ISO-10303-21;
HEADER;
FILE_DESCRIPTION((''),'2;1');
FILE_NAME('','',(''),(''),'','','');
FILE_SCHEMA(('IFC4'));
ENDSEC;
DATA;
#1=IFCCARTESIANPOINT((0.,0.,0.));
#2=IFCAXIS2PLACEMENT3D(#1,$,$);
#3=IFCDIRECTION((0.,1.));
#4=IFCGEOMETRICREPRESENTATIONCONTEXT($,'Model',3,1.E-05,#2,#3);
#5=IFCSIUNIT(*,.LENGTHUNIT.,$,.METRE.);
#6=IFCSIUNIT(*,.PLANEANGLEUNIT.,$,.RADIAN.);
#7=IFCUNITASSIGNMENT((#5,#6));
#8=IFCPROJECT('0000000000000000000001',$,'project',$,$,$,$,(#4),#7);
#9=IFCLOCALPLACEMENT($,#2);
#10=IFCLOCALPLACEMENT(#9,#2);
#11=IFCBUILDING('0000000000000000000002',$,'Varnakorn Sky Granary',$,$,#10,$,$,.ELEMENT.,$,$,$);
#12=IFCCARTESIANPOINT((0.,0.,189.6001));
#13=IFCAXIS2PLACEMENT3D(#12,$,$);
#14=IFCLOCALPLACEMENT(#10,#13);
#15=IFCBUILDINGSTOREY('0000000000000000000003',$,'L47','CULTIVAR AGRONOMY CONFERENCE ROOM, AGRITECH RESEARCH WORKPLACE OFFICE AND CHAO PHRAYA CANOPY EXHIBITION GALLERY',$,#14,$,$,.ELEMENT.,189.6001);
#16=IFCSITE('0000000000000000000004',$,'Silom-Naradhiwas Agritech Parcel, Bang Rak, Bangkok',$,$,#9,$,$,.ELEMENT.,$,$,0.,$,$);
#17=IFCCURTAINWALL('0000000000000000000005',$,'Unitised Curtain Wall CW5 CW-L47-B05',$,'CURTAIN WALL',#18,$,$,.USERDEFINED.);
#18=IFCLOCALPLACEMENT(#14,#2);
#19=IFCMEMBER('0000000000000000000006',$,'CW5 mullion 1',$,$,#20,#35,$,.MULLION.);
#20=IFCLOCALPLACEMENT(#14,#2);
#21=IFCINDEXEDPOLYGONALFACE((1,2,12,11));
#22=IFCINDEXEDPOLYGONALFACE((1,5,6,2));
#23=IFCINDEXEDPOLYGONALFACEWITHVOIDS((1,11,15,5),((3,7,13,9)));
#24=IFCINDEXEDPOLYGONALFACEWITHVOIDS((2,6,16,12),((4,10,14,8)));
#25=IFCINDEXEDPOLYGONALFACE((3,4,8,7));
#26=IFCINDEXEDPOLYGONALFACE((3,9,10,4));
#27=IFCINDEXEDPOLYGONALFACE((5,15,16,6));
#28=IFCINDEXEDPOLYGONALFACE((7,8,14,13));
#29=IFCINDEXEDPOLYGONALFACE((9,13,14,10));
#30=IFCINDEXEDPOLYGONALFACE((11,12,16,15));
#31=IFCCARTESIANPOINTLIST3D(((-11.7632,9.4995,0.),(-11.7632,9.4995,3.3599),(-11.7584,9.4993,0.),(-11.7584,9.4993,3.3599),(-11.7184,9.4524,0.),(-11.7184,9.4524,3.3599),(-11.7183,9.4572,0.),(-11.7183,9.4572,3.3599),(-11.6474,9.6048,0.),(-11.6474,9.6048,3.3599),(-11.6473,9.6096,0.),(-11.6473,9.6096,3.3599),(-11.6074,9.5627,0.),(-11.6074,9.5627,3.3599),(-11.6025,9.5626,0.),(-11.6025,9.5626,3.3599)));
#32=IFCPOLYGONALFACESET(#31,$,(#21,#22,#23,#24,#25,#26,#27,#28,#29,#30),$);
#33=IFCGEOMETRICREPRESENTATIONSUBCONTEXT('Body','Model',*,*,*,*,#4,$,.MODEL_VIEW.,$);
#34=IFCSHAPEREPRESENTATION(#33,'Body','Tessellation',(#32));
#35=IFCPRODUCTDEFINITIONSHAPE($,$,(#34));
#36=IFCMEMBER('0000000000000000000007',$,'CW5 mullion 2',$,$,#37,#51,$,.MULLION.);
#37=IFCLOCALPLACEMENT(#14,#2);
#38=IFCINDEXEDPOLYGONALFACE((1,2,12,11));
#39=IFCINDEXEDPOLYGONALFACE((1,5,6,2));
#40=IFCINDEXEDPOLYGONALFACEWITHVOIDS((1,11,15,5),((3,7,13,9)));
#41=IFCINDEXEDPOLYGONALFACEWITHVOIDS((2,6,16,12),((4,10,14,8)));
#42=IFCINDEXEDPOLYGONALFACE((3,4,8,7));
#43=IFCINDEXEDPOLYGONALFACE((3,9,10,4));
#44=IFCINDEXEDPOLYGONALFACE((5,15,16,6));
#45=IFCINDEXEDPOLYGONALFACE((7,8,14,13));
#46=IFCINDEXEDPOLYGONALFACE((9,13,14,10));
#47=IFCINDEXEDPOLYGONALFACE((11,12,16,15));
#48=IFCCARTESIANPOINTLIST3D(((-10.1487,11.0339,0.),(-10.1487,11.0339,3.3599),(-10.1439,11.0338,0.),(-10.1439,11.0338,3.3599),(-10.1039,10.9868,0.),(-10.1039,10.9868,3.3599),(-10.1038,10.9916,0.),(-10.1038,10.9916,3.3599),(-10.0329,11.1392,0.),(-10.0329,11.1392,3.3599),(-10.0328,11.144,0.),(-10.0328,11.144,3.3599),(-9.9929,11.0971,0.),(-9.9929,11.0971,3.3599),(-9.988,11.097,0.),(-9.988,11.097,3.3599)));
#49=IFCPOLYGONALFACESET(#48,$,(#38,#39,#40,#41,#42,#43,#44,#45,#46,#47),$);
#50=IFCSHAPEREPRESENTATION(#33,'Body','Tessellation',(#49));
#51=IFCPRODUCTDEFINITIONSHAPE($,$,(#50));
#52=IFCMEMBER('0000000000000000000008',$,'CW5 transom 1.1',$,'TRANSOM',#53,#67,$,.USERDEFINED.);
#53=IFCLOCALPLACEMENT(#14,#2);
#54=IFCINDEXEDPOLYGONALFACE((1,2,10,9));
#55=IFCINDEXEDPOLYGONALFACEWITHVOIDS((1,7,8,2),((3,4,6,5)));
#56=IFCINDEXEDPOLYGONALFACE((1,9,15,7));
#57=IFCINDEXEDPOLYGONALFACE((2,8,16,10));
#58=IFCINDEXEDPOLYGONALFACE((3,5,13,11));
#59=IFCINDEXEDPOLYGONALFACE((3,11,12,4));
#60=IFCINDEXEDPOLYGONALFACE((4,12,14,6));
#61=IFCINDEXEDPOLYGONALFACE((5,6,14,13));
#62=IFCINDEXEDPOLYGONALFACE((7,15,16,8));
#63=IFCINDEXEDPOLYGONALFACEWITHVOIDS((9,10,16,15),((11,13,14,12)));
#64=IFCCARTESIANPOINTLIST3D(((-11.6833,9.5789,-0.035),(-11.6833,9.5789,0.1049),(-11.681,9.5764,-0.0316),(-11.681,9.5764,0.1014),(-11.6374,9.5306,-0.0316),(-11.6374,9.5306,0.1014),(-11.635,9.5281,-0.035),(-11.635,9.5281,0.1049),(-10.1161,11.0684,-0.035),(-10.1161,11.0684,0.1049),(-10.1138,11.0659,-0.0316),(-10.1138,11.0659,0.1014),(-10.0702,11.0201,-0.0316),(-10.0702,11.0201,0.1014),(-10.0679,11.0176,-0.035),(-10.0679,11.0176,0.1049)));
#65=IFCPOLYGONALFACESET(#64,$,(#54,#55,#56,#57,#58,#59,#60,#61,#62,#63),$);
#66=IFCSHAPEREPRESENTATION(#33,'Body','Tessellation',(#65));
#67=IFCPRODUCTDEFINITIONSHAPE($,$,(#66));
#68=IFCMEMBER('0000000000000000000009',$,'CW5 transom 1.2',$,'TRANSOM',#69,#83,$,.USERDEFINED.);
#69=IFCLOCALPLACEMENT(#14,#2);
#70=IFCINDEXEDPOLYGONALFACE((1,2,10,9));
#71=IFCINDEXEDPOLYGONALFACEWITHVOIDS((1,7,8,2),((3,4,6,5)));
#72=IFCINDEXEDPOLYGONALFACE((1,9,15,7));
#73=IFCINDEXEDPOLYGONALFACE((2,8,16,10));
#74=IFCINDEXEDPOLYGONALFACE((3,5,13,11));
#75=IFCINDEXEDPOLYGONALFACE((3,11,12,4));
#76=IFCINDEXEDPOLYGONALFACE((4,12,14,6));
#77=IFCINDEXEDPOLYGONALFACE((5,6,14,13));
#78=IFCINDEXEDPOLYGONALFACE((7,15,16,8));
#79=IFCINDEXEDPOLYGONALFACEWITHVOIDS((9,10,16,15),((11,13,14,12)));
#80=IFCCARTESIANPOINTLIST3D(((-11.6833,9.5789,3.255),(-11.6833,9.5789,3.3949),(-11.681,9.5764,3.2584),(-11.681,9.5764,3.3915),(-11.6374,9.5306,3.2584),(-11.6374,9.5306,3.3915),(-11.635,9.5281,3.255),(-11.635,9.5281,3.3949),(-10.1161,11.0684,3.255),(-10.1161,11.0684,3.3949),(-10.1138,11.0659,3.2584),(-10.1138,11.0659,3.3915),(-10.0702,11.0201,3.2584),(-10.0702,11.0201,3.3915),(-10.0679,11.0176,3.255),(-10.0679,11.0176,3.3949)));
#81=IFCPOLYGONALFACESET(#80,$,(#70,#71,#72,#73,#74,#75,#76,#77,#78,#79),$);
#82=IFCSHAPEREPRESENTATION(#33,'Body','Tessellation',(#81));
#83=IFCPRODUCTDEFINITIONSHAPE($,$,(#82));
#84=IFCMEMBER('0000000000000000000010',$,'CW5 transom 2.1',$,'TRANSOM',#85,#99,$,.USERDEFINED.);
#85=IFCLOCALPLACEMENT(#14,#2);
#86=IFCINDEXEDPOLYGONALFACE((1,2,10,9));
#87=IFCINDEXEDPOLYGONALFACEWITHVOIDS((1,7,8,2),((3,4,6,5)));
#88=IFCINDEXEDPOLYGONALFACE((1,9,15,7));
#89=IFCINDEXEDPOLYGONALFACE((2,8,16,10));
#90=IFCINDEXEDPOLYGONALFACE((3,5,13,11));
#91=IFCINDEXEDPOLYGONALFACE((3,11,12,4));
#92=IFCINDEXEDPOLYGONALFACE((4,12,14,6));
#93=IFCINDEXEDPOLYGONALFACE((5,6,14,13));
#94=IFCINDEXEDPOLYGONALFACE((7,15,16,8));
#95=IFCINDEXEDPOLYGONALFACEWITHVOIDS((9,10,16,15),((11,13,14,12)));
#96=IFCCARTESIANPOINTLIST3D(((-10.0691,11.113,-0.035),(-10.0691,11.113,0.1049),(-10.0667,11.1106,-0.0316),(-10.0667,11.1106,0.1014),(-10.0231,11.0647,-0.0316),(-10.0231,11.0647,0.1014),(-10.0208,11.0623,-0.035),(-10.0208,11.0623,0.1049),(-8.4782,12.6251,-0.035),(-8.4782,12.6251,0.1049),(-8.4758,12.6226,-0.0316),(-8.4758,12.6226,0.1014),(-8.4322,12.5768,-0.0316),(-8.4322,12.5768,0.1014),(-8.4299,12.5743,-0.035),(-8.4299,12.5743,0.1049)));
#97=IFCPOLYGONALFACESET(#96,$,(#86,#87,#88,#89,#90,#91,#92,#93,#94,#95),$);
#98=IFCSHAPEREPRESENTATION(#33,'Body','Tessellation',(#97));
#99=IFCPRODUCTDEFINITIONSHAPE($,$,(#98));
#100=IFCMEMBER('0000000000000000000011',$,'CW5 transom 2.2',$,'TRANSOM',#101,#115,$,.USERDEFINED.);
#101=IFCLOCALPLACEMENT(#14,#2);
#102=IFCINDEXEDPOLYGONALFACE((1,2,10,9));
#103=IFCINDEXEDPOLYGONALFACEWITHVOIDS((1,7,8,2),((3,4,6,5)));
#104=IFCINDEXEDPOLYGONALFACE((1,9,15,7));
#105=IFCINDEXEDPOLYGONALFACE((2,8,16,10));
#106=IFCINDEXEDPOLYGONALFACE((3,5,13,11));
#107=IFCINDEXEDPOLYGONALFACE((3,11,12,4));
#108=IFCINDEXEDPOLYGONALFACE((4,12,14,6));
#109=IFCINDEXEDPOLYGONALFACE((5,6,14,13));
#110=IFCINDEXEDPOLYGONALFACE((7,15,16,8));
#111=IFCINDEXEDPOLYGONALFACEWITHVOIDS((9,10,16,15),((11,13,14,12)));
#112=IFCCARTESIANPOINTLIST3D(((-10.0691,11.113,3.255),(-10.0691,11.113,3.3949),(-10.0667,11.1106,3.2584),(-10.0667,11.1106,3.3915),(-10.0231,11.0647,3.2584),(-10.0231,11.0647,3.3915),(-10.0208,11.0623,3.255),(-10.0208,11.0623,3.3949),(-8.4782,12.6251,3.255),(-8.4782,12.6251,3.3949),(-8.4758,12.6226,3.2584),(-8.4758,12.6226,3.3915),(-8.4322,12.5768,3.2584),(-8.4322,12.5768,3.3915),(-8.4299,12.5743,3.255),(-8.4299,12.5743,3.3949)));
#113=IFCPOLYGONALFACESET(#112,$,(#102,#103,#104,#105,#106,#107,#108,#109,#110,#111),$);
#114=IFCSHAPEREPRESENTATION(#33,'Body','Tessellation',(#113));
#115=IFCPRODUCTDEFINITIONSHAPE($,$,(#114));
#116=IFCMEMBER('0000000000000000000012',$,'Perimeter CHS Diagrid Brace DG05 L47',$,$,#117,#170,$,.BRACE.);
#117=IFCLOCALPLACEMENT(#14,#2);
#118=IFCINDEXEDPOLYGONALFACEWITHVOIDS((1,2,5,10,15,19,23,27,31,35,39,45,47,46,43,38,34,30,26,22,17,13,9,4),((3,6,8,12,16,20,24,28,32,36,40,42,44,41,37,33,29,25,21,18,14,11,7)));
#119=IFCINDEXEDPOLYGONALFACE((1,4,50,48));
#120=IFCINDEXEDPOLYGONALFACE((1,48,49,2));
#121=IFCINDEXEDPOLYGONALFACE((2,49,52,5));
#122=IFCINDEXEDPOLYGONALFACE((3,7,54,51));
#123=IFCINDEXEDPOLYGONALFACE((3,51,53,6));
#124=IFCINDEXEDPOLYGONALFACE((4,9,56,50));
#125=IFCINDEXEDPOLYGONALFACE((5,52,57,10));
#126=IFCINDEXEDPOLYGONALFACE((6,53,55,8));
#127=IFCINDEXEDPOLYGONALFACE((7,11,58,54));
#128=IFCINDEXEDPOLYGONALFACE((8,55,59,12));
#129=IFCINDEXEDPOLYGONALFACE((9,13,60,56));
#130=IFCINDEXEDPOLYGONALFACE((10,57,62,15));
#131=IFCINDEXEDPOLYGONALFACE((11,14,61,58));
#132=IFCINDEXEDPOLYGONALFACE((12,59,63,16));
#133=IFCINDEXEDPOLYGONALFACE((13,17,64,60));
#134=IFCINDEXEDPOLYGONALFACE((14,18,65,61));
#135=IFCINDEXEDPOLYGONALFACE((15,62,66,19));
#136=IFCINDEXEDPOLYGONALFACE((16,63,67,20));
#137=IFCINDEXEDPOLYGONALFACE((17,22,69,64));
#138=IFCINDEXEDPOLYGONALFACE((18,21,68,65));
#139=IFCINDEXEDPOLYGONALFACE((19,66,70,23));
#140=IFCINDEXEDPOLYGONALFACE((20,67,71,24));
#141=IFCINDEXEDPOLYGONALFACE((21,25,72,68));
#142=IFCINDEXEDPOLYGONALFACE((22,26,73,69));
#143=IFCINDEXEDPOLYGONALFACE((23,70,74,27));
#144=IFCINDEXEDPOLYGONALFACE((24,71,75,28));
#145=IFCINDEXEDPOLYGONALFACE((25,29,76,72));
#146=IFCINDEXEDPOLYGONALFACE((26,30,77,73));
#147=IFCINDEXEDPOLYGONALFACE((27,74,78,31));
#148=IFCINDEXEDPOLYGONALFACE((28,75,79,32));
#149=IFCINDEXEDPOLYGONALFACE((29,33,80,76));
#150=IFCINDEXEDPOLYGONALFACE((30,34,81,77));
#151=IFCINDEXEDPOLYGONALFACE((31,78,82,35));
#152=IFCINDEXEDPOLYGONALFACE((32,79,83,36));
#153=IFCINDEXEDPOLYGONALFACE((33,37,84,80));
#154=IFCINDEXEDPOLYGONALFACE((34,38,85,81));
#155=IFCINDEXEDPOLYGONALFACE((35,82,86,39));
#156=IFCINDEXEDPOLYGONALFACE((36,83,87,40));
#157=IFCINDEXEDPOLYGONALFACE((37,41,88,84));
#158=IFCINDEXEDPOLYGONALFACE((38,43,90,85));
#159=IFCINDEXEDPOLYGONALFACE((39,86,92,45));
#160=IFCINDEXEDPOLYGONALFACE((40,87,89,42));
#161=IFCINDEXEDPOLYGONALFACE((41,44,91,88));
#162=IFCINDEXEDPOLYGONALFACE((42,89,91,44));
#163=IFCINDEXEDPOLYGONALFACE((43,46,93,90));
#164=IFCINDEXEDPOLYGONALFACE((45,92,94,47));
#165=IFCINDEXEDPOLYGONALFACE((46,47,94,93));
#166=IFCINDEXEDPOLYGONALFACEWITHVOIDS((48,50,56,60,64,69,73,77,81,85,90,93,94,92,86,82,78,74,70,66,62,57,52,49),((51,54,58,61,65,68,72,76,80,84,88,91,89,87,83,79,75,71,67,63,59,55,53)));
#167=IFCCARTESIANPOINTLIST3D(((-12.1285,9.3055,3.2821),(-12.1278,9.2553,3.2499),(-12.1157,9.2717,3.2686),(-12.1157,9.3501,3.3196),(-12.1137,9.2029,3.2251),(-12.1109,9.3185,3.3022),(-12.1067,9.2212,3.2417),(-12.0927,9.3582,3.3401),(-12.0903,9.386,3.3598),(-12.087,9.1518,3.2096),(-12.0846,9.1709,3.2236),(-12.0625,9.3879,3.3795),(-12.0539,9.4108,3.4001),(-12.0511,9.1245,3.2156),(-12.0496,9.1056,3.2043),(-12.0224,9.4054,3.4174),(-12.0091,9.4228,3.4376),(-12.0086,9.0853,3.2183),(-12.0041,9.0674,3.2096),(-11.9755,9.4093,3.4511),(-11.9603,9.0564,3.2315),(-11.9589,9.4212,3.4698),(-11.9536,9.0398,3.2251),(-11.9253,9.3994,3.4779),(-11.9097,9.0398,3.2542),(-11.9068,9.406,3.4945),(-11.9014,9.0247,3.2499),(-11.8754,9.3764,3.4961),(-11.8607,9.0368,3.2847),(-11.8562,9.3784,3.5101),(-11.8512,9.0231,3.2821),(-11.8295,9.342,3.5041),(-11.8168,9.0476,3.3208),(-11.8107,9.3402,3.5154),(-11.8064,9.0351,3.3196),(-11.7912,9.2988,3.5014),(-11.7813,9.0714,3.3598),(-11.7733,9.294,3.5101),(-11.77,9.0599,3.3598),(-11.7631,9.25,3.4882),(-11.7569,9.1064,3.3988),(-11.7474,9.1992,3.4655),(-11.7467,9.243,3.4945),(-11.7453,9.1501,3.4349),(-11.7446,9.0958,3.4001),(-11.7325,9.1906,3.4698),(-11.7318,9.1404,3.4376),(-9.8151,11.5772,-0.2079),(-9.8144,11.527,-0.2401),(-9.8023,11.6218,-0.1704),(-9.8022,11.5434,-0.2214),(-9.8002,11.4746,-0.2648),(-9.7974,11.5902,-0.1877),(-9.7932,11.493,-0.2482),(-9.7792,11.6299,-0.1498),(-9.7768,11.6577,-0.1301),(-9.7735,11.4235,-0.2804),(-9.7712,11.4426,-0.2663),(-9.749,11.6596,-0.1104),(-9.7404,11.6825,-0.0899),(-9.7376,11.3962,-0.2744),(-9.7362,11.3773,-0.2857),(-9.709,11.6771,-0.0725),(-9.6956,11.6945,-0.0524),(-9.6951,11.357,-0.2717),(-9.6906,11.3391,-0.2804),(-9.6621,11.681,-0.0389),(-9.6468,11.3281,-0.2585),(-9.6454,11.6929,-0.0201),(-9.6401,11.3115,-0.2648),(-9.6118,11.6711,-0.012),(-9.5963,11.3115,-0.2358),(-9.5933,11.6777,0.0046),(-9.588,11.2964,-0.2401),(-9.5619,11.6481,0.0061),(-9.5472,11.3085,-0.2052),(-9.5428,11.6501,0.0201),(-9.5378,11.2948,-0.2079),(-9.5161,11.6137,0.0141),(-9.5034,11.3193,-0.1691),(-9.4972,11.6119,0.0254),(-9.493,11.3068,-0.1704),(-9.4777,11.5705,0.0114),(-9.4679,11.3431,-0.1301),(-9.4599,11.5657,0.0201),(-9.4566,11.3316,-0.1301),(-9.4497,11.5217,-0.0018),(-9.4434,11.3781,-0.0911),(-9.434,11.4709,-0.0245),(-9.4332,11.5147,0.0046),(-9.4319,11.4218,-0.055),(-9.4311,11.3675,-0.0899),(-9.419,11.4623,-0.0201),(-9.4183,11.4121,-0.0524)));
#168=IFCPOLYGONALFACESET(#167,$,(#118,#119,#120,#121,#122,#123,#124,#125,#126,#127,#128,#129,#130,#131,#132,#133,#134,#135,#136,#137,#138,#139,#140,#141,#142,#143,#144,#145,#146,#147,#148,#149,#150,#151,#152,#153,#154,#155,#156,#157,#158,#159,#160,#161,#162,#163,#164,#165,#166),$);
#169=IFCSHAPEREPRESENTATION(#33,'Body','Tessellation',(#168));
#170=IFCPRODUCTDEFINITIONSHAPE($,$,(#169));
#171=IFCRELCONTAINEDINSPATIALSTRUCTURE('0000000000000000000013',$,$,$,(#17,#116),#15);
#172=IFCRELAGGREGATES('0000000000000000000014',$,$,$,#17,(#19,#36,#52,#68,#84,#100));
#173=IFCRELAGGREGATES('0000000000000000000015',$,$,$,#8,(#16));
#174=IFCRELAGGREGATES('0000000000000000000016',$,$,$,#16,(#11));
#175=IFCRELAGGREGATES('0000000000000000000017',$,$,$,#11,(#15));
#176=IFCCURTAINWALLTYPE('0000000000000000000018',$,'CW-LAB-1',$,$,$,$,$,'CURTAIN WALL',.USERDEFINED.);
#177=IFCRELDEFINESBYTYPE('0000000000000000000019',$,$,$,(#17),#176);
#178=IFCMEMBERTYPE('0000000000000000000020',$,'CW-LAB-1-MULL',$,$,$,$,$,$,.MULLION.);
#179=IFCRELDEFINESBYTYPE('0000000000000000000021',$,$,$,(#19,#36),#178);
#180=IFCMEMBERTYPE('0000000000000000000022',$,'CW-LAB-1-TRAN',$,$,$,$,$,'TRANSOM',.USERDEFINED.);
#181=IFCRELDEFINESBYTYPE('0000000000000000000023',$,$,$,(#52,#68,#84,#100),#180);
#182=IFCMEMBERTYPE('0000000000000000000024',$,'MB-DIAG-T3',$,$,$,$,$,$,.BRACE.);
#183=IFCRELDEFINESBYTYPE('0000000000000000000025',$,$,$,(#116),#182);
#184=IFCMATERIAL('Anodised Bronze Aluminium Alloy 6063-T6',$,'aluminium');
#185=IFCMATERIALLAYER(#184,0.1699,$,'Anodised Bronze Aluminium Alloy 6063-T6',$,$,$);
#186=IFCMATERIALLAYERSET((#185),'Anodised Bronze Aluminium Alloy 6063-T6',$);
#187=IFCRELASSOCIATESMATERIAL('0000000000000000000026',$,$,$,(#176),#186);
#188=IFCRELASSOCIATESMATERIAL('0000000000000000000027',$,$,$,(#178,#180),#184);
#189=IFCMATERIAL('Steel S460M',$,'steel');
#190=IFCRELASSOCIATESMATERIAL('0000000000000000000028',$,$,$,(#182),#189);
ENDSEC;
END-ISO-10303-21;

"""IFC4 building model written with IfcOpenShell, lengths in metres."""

from ifc_helpers import new_model, si_unit, direction, frame, origin, origin_2d, place, context, subcontext, project, spatial, hollow_rectangle, hollow_circle, extrude, material, layer, layer_set, material_profile, profile_set, type_object, element, aggregate, save


model = new_model("IFC4")

# Units and contexts
model_context = context("Model", 3, precision=1e-05, world=origin(), true_north=direction((0.0, 1.0)))
body_context = subcontext(model_context, "Body", "Model", "MODEL_VIEW")
ifc_project = project(units=[si_unit("LENGTHUNIT", "METRE"), si_unit("PLANEANGLEUNIT", "RADIAN")], contexts=[model_context])

# Site, building, storey
site_placement = place(None, origin())
site = spatial("IfcSite", under=ifc_project, at=site_placement, Name="Silom-Naradhiwas Agritech Parcel, Bang Rak, Bangkok", CompositionType="ELEMENT", RefElevation=0.0)
building_placement = place(site_placement, origin())
building = spatial("IfcBuilding", under=site, at=building_placement, Name="Varnakorn Sky Granary", CompositionType="ELEMENT")
storey_placement = place(building_placement, frame((0.0, 0.0, 189.6001)))
storey = spatial("IfcBuildingStorey", under=building, at=storey_placement, Name="L47", Description="CULTIVAR AGRONOMY CONFERENCE ROOM, AGRITECH RESEARCH WORKPLACE OFFICE AND CHAO PHRAYA CANOPY EXHIBITION GALLERY", CompositionType="ELEMENT", Elevation=189.6001)

# Shared definitions
ifc_material_1 = material(Name="Steel S460M", Category="steel")

# Curtain wall, members
ifc_material_2 = material(Name="Anodised Bronze Aluminium Alloy 6063-T6", Category="aluminium")
ifc_layer_1 = layer(ifc_material_2, 0.1699, Name="Anodised Bronze Aluminium Alloy 6063-T6")
ifc_layer_set_1 = layer_set([ifc_layer_1], Name="Anodised Bronze Aluminium Alloy 6063-T6")
curtain_wall_type = type_object("IfcCurtainWallType", Name="CW-LAB-1", ElementType="CURTAIN WALL", PredefinedType="USERDEFINED", material=ifc_layer_set_1)
curtain_wall_placement = place(storey_placement, origin())
curtain_wall = element("IfcCurtainWall", 1, at=curtain_wall_placement, inside=storey, type_object=curtain_wall_type, Name="Unitised Curtain Wall CW5 CW-L47-B05", ObjectType="CURTAIN WALL", PredefinedType="USERDEFINED")
ifc_material_profile_1 = material_profile(ifc_material_2, hollow_rectangle(XDim=0.0649, YDim=0.1599, WallThickness=0.0034, at=origin_2d()), Name="ALU MULL 65x160")
ifc_profile_set_1 = profile_set([ifc_material_profile_1], Name="Anodised Bronze Aluminium Alloy 6063-T6")
member_type_1 = type_object("IfcMemberType", Name="CW-LAB-1-MULL", PredefinedType="MULLION", material=ifc_profile_set_1)
member_1_placement = place(storey_placement, frame((-11.6829, 9.531, 0.0), z_axis=(0.0, 0.0, 1.0), x_axis=(-0.688905, 0.724851, 0.0)))
member_1 = element("IfcMember", 2, at=member_1_placement, type_object=member_type_1, Name="CW5 mullion 1", PredefinedType="MULLION", context=body_context, shape_type="SweptSolid", body=[
    extrude(hollow_rectangle(XDim=0.0649, YDim=0.1599, WallThickness=0.0034, at=origin_2d()), origin(), (0.0, 0.0, 1.0), 3.3599),
])
member_2_placement = place(storey_placement, frame((-10.0684, 11.0654, 0.0), z_axis=(0.0, 0.0, 1.0), x_axis=(-0.688905, 0.724851, 0.0)))
member_2 = element("IfcMember", 3, at=member_2_placement, type_object=member_type_1, Name="CW5 mullion 2", PredefinedType="MULLION", context=body_context, shape_type="SweptSolid", body=[
    extrude(hollow_rectangle(XDim=0.0649, YDim=0.1599, WallThickness=0.0034, at=origin_2d()), origin(), (0.0, 0.0, 1.0), 3.3599),
])
ifc_material_profile_2 = material_profile(ifc_material_2, hollow_rectangle(XDim=0.0701, YDim=0.1399, WallThickness=0.0034, at=origin_2d()), Name="ALU TRAN 70x140")
ifc_profile_set_2 = profile_set([ifc_material_profile_2], Name="Anodised Bronze Aluminium Alloy 6063-T6")
member_type_2 = type_object("IfcMemberType", Name="CW-LAB-1-TRAN", ElementType="TRANSOM", PredefinedType="USERDEFINED", material=ifc_profile_set_2)
member_3_placement = place(storey_placement, frame((-11.6592, 9.5535, 0.0349), z_axis=(0.724833, 0.688925, 0.0), x_axis=(-0.688925, 0.724833, 0.0)))
member_3 = element("IfcMember", 4, at=member_3_placement, type_object=member_type_2, Name="CW5 transom 1.1", ObjectType="TRANSOM", PredefinedType="USERDEFINED", context=body_context, shape_type="SweptSolid", body=[
    extrude(hollow_rectangle(XDim=0.0701, YDim=0.1399, WallThickness=0.0034, at=origin_2d()), origin(), (0.0, 0.0, 1.0), 2.1621),
])
member_4_placement = place(storey_placement, frame((-11.6592, 9.5535, 3.325), z_axis=(0.724833, 0.688925, 0.0), x_axis=(-0.688925, 0.724833, 0.0)))
member_4 = element("IfcMember", 5, at=member_4_placement, type_object=member_type_2, Name="CW5 transom 1.2", ObjectType="TRANSOM", PredefinedType="USERDEFINED", context=body_context, shape_type="SweptSolid", body=[
    extrude(hollow_rectangle(XDim=0.0701, YDim=0.1399, WallThickness=0.0034, at=origin_2d()), origin(), (0.0, 0.0, 1.0), 2.1621),
])
member_5_placement = place(storey_placement, frame((-10.0449, 11.0876, 0.0349), z_axis=(0.724844, 0.688913, 0.0), x_axis=(-0.688913, 0.724844, 0.0)))
member_5 = element("IfcMember", 6, at=member_5_placement, type_object=member_type_2, Name="CW5 transom 2.1", ObjectType="TRANSOM", PredefinedType="USERDEFINED", context=body_context, shape_type="SweptSolid", body=[
    extrude(hollow_rectangle(XDim=0.0701, YDim=0.1399, WallThickness=0.0034, at=origin_2d()), origin(), (0.0, 0.0, 1.0), 2.1948),
])
member_6_placement = place(storey_placement, frame((-10.0449, 11.0876, 3.325), z_axis=(0.724844, 0.688913, 0.0), x_axis=(-0.688913, 0.724844, 0.0)))
member_6 = element("IfcMember", 7, at=member_6_placement, type_object=member_type_2, Name="CW5 transom 2.2", ObjectType="TRANSOM", PredefinedType="USERDEFINED", context=body_context, shape_type="SweptSolid", body=[
    extrude(hollow_rectangle(XDim=0.0701, YDim=0.1399, WallThickness=0.0034, at=origin_2d()), origin(), (0.0, 0.0, 1.0), 2.1948),
])

# Member
ifc_material_profile_3 = material_profile(ifc_material_1, hollow_circle(Radius=0.2285, WallThickness=0.0161, at=origin_2d()), Name="CHS 457x16")
ifc_profile_set_3 = profile_set([ifc_material_profile_3], Name="Steel S460M")
member_type_3 = type_object("IfcMemberType", Name="MB-DIAG-T3", PredefinedType="BRACE", material=ifc_profile_set_3)
member_7_placement = place(storey_placement, frame((-9.6167, 11.4946, -0.1301), z_axis=(-0.485646, -0.476882, 0.73262), x_axis=(0.70064, -0.713515, 0.0)))
element("IfcMember", 8, at=member_7_placement, inside=storey, type_object=member_type_3, Name="Perimeter CHS Diagrid Brace DG05 L47", PredefinedType="BRACE", context=body_context, shape_type="SweptSolid", body=[
    extrude(hollow_circle(Radius=0.2285, WallThickness=0.0161, at=origin_2d()), origin(), (0.0, 0.0, 1.0), 4.7637),
])

aggregate(curtain_wall, [member_1, member_2, member_3, member_4, member_5, member_6])

save(model, "model.ifc")
